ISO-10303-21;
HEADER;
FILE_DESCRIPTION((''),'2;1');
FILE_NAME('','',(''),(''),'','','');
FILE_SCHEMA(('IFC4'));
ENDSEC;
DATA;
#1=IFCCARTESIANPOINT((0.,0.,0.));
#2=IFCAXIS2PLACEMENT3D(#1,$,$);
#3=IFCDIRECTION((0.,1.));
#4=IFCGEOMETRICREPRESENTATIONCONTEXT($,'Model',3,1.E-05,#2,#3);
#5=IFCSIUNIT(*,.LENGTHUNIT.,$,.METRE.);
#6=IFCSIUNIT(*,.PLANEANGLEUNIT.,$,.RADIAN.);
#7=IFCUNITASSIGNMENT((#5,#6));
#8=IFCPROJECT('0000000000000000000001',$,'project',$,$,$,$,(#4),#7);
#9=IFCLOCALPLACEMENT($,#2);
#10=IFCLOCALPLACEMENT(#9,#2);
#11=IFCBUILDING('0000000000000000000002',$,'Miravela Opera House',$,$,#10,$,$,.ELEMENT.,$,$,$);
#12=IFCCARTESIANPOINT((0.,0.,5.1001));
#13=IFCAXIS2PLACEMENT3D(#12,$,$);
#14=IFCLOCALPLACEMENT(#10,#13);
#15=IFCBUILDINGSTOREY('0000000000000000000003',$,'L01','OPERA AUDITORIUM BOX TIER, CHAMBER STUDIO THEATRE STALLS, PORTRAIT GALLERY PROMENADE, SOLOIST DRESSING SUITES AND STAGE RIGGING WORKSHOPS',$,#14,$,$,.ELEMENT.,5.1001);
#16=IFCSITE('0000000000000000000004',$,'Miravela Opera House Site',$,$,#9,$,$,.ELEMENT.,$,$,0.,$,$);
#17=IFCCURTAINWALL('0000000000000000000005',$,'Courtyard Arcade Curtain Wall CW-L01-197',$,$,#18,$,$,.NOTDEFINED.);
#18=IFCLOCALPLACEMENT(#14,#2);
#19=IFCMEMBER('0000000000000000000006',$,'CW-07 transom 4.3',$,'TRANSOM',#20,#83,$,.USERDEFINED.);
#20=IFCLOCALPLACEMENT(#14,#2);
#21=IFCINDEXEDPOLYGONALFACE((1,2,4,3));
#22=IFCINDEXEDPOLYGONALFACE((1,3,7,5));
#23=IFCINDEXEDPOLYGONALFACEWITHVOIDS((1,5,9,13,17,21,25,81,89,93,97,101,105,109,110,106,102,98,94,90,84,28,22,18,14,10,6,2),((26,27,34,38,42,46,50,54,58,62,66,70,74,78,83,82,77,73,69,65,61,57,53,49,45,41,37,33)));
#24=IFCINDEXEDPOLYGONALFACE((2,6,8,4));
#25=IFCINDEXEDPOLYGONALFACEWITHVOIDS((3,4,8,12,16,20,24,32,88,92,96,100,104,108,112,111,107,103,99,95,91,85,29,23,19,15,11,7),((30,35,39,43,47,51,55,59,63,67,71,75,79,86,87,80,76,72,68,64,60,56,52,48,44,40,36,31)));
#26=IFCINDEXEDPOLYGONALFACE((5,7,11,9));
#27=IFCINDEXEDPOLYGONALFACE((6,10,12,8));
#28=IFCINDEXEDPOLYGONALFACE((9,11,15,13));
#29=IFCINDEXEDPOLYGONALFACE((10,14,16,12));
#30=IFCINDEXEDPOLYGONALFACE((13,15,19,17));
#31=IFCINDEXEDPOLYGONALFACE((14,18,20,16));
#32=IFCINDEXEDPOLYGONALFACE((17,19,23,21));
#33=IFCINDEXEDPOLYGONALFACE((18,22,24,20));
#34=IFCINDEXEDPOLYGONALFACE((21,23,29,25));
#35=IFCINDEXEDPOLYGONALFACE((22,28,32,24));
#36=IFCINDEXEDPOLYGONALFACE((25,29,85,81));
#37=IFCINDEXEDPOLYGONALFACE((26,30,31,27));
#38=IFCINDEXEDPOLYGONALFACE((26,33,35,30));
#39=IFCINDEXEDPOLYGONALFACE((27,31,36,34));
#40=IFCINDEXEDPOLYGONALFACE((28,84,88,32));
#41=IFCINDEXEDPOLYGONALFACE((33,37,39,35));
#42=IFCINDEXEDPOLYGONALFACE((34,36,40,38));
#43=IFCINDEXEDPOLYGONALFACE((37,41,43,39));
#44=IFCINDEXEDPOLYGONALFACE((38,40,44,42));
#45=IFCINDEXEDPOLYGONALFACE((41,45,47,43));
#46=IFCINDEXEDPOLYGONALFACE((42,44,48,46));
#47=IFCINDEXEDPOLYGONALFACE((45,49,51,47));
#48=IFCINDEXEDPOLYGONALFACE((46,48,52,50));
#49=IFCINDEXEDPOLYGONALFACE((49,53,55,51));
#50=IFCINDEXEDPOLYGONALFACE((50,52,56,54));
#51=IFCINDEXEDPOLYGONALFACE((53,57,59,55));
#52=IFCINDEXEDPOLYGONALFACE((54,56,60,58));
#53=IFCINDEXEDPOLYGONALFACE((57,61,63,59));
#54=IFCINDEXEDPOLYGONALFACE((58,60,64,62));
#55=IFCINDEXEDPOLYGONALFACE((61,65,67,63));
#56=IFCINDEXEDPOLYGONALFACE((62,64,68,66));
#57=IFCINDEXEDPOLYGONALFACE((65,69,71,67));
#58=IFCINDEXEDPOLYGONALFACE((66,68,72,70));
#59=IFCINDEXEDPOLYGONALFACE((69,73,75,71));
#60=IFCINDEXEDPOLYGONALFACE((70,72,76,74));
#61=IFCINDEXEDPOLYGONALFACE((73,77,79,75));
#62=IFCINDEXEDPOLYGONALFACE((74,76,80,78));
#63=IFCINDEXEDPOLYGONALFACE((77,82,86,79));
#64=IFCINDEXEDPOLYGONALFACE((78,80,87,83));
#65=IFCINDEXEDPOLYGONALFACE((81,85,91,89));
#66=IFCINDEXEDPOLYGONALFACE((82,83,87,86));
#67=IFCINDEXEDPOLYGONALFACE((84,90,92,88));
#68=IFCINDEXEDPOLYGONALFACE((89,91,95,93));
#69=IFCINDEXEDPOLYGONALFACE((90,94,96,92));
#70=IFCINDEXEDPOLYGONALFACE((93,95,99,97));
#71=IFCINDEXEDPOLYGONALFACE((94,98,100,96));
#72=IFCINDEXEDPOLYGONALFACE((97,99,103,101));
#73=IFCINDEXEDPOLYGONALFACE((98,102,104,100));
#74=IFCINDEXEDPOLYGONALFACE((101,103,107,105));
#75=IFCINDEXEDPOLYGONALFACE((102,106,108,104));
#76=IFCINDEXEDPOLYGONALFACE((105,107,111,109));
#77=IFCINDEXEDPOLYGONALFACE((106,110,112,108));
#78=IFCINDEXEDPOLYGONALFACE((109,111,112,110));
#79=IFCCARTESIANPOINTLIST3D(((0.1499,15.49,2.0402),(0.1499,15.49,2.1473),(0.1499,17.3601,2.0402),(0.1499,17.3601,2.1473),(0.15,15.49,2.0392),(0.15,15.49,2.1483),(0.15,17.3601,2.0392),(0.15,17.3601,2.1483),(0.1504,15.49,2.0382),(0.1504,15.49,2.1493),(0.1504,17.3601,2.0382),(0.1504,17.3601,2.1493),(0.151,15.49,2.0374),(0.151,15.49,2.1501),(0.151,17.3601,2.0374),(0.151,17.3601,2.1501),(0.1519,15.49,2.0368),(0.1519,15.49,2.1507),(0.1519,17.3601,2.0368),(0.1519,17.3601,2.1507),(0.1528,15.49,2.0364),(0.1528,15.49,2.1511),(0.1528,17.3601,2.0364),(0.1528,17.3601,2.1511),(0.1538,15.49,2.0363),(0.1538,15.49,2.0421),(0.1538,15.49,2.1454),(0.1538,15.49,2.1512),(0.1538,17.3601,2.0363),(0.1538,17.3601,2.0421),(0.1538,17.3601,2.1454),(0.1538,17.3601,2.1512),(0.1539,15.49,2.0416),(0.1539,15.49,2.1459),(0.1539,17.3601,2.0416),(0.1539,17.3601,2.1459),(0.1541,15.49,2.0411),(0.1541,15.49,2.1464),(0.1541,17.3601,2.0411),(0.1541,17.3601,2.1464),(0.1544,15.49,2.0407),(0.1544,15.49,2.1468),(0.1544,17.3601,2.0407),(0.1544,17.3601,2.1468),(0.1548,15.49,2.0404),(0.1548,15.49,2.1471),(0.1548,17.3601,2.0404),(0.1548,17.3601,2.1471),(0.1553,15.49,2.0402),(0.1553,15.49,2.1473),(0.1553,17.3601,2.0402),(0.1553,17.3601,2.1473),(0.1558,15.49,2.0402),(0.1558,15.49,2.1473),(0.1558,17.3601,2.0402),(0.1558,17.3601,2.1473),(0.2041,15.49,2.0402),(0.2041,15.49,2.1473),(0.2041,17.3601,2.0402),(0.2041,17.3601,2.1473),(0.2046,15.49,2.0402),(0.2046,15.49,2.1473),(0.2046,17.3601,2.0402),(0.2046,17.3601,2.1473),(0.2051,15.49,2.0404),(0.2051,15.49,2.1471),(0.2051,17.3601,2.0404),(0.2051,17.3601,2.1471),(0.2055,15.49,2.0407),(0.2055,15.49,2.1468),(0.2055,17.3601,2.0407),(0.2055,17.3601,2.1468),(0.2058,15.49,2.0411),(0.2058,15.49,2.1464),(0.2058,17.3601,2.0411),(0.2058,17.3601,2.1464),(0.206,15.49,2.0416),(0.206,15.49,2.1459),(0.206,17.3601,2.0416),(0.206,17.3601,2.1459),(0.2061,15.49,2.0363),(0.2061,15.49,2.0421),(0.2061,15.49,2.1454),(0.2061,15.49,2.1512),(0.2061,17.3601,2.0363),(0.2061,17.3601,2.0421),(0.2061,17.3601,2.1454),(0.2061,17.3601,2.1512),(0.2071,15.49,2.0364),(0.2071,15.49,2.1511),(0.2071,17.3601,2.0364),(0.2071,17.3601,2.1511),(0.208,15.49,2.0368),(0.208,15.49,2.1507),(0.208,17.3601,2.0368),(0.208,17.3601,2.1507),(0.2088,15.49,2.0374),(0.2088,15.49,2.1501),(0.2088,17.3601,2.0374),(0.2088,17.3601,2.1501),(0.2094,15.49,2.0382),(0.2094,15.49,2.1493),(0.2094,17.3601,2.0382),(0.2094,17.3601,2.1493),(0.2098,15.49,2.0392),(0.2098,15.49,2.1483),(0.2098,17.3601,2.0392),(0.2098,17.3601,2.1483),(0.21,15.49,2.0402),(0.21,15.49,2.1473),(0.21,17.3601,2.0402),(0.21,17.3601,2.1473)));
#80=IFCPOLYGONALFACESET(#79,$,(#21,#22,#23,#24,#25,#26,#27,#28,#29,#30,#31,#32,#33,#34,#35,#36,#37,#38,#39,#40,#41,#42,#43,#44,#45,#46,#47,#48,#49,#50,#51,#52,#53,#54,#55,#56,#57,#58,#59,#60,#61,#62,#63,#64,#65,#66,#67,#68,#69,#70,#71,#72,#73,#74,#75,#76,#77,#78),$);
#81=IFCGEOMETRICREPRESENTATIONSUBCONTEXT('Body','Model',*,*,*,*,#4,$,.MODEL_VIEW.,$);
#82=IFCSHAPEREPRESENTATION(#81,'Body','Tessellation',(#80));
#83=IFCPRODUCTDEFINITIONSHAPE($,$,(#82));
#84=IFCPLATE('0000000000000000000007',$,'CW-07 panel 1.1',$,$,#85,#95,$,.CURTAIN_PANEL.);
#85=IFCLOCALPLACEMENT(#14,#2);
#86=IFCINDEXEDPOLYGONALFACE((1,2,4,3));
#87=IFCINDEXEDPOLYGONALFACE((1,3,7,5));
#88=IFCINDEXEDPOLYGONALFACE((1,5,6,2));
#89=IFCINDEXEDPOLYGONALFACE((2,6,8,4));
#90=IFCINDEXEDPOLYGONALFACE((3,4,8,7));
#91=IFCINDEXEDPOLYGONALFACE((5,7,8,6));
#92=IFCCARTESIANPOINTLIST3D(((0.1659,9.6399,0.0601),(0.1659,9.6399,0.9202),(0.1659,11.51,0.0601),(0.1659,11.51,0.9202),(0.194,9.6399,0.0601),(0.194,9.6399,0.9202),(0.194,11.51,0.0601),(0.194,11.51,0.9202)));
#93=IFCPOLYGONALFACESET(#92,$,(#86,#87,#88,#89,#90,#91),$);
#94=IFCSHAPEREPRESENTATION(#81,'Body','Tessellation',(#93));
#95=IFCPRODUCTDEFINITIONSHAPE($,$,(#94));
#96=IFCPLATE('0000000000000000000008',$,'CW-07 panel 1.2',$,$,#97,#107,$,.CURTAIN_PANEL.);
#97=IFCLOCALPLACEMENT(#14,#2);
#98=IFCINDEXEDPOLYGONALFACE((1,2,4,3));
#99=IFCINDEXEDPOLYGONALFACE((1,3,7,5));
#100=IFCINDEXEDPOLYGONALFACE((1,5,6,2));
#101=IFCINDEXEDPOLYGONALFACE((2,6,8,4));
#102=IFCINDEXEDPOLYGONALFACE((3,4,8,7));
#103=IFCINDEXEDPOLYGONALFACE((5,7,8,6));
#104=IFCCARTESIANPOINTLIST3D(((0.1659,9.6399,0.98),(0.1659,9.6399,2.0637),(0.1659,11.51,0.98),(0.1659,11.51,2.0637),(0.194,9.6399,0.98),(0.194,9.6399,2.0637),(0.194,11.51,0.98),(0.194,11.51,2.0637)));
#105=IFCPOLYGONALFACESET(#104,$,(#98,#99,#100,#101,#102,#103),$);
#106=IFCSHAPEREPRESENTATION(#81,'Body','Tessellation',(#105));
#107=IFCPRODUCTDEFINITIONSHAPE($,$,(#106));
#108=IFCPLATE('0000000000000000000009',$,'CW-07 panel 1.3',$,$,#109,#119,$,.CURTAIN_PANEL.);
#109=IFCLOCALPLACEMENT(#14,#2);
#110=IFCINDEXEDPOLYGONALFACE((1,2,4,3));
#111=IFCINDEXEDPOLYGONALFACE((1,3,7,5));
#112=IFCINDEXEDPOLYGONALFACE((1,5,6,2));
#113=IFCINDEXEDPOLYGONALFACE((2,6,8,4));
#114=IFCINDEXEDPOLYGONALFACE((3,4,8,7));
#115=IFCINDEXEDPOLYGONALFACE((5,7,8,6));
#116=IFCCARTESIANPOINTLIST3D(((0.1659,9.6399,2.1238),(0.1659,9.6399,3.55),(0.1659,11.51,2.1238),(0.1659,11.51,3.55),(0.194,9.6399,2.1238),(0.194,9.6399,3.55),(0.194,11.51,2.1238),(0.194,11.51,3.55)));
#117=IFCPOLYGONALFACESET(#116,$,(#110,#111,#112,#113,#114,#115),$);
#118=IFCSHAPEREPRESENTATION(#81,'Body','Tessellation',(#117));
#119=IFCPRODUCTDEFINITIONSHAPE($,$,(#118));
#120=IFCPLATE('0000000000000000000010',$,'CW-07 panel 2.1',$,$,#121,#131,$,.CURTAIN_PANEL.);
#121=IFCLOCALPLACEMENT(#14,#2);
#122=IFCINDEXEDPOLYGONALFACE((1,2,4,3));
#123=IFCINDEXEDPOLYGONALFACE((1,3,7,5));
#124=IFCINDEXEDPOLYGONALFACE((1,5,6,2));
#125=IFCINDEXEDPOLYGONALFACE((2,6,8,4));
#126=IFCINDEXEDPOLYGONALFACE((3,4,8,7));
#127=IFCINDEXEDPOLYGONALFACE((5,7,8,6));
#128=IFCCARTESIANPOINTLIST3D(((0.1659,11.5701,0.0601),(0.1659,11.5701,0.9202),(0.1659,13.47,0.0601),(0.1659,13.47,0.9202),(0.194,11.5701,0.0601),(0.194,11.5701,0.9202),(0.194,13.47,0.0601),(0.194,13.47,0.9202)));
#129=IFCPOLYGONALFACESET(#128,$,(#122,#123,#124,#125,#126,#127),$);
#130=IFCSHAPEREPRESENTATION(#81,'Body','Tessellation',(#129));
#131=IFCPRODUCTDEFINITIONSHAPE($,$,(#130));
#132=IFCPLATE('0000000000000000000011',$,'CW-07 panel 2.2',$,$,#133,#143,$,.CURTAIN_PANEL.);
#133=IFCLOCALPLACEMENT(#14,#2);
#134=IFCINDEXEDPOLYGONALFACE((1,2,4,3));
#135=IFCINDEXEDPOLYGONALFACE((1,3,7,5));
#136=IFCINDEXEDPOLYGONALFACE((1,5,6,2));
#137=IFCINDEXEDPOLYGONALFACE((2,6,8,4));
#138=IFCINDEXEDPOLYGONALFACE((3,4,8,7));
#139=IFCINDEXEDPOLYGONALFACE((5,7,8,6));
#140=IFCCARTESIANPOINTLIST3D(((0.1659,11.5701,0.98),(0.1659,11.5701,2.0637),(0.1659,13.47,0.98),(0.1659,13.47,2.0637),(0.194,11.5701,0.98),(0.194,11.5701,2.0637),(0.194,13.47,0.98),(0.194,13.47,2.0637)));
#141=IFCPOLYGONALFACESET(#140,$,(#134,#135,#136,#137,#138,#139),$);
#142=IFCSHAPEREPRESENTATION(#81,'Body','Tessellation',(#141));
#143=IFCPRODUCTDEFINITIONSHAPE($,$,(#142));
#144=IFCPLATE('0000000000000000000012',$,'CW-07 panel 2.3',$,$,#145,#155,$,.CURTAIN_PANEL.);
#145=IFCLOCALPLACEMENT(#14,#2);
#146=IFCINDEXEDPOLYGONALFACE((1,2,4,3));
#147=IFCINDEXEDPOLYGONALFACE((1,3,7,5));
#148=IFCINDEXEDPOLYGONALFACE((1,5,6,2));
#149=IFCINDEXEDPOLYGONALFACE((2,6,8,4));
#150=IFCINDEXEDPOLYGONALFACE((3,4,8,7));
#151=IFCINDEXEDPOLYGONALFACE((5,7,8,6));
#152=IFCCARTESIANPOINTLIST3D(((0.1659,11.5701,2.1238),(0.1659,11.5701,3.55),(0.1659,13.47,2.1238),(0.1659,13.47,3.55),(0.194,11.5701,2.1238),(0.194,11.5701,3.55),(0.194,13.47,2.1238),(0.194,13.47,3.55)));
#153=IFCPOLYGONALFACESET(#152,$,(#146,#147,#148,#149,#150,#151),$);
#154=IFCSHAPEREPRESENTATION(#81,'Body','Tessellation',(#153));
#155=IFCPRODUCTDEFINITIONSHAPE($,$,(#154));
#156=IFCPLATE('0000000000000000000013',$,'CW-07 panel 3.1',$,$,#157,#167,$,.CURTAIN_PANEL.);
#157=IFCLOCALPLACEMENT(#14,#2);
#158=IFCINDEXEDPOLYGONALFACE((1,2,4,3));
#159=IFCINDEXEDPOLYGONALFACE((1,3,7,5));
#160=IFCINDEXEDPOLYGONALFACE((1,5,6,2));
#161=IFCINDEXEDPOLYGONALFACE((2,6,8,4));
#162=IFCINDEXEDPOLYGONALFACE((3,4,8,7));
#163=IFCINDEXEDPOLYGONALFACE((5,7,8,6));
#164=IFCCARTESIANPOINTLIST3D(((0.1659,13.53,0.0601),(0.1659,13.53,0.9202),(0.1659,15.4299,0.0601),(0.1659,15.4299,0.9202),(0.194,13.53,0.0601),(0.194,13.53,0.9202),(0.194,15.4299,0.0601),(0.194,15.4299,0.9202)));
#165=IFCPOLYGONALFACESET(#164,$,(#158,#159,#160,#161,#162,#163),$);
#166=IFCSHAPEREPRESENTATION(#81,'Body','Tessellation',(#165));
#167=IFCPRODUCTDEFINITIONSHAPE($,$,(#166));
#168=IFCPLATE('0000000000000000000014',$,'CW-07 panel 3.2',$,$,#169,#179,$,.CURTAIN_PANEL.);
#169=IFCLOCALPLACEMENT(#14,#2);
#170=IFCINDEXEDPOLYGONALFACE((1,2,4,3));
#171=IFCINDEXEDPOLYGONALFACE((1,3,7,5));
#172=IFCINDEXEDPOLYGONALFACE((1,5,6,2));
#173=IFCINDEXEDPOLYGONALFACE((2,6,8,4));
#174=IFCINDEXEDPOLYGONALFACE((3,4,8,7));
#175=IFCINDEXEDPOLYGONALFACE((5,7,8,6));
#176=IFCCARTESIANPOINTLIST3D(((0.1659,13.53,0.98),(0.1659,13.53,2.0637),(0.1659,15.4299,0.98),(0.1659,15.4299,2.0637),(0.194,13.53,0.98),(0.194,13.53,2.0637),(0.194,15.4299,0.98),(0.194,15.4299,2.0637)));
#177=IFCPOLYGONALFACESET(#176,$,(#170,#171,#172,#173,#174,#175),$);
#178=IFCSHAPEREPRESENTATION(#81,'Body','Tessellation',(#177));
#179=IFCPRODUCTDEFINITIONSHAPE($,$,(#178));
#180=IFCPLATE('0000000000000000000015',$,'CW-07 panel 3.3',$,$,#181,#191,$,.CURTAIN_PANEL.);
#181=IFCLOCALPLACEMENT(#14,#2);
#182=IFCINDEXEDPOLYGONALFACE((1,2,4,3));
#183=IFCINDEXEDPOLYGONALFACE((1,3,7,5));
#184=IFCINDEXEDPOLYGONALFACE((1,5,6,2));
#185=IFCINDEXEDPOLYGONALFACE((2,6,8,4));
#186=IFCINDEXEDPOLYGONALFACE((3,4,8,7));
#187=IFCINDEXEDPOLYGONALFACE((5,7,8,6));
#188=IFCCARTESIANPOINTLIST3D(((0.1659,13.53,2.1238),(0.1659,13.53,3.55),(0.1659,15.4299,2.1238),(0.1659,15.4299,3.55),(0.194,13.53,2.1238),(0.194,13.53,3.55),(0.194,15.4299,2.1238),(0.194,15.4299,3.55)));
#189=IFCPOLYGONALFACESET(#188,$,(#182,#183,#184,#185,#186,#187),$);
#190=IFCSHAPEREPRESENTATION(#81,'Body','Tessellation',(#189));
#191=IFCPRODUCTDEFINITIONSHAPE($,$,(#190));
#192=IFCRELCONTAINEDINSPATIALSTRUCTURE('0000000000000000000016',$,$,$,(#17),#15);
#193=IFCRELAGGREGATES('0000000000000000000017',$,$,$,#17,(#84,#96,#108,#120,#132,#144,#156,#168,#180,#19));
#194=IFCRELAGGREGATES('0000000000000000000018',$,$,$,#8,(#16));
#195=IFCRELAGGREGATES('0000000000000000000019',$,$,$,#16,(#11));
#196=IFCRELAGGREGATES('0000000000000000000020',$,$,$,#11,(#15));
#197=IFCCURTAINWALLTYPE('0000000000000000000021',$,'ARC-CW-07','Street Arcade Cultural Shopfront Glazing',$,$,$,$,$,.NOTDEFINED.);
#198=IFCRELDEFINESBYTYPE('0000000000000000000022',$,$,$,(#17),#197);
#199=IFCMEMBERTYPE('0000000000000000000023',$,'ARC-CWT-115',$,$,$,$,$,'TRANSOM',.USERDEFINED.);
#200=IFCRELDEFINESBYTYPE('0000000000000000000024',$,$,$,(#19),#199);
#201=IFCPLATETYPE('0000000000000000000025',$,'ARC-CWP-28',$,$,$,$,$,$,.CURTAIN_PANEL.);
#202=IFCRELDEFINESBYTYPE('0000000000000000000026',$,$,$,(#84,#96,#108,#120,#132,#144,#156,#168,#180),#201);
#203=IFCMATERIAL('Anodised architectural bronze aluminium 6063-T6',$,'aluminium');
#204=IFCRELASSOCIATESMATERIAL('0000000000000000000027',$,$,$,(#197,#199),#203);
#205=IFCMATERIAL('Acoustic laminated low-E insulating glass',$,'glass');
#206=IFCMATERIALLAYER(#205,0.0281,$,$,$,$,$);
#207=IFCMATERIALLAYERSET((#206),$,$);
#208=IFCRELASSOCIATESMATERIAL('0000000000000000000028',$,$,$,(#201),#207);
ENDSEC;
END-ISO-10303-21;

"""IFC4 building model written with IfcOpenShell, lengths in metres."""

from ifc_helpers import new_model, si_unit, direction, frame, origin, origin_2d, place, context, subcontext, project, spatial, rectangle, hollow_rectangle, extrude, material, layer, layer_set, material_profile, profile_set, type_object, element, aggregate, save


model = new_model("IFC4")

# Units and contexts
model_context = context("Model", 3, precision=1e-05, world=origin(), true_north=direction((0.0, 1.0)))
body_context = subcontext(model_context, "Body", "Model", "MODEL_VIEW")
ifc_project = project(units=[si_unit("LENGTHUNIT", "METRE"), si_unit("PLANEANGLEUNIT", "RADIAN")], contexts=[model_context])

# Site, building, storey
site_placement = place(None, origin())
site = spatial("IfcSite", under=ifc_project, at=site_placement, Name="Miravela Opera House Site", CompositionType="ELEMENT", RefElevation=0.0)
building_placement = place(site_placement, origin())
building = spatial("IfcBuilding", under=site, at=building_placement, Name="Miravela Opera House", CompositionType="ELEMENT")
storey_placement = place(building_placement, frame((0.0, 0.0, 5.1001)))
storey = spatial("IfcBuildingStorey", under=building, at=storey_placement, Name="L01", Description="OPERA AUDITORIUM BOX TIER, CHAMBER STUDIO THEATRE STALLS, PORTRAIT GALLERY PROMENADE, SOLOIST DRESSING SUITES AND STAGE RIGGING WORKSHOPS", CompositionType="ELEMENT", Elevation=5.1001)

# Curtain wall, member, plates
ifc_material_1 = material(Name="Anodised architectural bronze aluminium 6063-T6", Category="aluminium")
curtain_wall_type = type_object("IfcCurtainWallType", Name="ARC-CW-07", Description="Street Arcade Cultural Shopfront Glazing", PredefinedType="NOTDEFINED", material=ifc_material_1)
curtain_wall_placement = place(storey_placement, origin())
curtain_wall = element("IfcCurtainWall", 1, at=curtain_wall_placement, inside=storey, type_object=curtain_wall_type, Name="Courtyard Arcade Curtain Wall CW-L01-197", PredefinedType="NOTDEFINED")
ifc_material_profile_1 = material_profile(ifc_material_1, hollow_rectangle(XDim=0.0601, YDim=0.115, WallThickness=0.0039, InnerFilletRadius=0.002, OuterFilletRadius=0.0039, at=origin_2d()), Name="CWT-60X115")
ifc_profile_set_1 = profile_set([ifc_material_profile_1])
member_type_1 = type_object("IfcMemberType", Name="ARC-CWT-115", ElementType="TRANSOM", PredefinedType="USERDEFINED", material=ifc_profile_set_1)
member_1_placement = place(storey_placement, frame((0.1799, 15.49, 2.0938), z_axis=(0.0, 1.0, 0.0), x_axis=(-1.0, 0.0, 0.0)))
member_1 = element("IfcMember", 2, at=member_1_placement, type_object=member_type_1, Name="CW-07 transom 4.3", ObjectType="TRANSOM", PredefinedType="USERDEFINED", context=body_context, shape_type="SweptSolid", body=[
    extrude(hollow_rectangle(XDim=0.0601, YDim=0.115, WallThickness=0.0039, InnerFilletRadius=0.002, OuterFilletRadius=0.0039, at=origin_2d()), origin(), (0.0, 0.0, 1.0), 1.8701),
])
ifc_material_2 = material(Name="Acoustic laminated low-E insulating glass", Category="glass")
ifc_layer = layer(ifc_material_2, 0.0281)
ifc_layer_set = layer_set([ifc_layer])
plate_type = type_object("IfcPlateType", Name="ARC-CWP-28", PredefinedType="CURTAIN_PANEL", material=ifc_layer_set)
plate_1_placement = place(storey_placement, frame((0.1799, 10.575, 0.0601), z_axis=(0.0, 0.0, 1.0), x_axis=(0.0, 1.0, 0.0)))
plate_1 = element("IfcPlate", 3, at=plate_1_placement, type_object=plate_type, Name="CW-07 panel 1.1", PredefinedType="CURTAIN_PANEL", context=body_context, shape_type="SweptSolid", body=[
    extrude(rectangle(XDim=1.8701, YDim=0.0281, at=origin_2d()), origin(), (0.0, 0.0, 1.0), 0.8601),
])
plate_2_placement = place(storey_placement, frame((0.1799, 10.575, 0.98), z_axis=(0.0, 0.0, 1.0), x_axis=(0.0, 1.0, 0.0)))
plate_2 = element("IfcPlate", 4, at=plate_2_placement, type_object=plate_type, Name="CW-07 panel 1.2", PredefinedType="CURTAIN_PANEL", context=body_context, shape_type="SweptSolid", body=[
    extrude(rectangle(XDim=1.8701, YDim=0.0281, at=origin_2d()), origin(), (0.0, 0.0, 1.0), 1.0837),
])
plate_3_placement = place(storey_placement, frame((0.1799, 10.575, 2.1238), z_axis=(0.0, 0.0, 1.0), x_axis=(0.0, 1.0, 0.0)))
plate_3 = element("IfcPlate", 5, at=plate_3_placement, type_object=plate_type, Name="CW-07 panel 1.3", PredefinedType="CURTAIN_PANEL", context=body_context, shape_type="SweptSolid", body=[
    extrude(rectangle(XDim=1.8701, YDim=0.0281, at=origin_2d()), origin(), (0.0, 0.0, 1.0), 1.4263),
])
plate_4_placement = place(storey_placement, frame((0.1799, 12.52, 0.0601), z_axis=(0.0, 0.0, 1.0), x_axis=(0.0, 1.0, 0.0)))
plate_4 = element("IfcPlate", 6, at=plate_4_placement, type_object=plate_type, Name="CW-07 panel 2.1", PredefinedType="CURTAIN_PANEL", context=body_context, shape_type="SweptSolid", body=[
    extrude(rectangle(XDim=1.8999, YDim=0.0281, at=origin_2d()), origin(), (0.0, 0.0, 1.0), 0.8601),
])
plate_5_placement = place(storey_placement, frame((0.1799, 12.52, 0.98), z_axis=(0.0, 0.0, 1.0), x_axis=(0.0, 1.0, 0.0)))
plate_5 = element("IfcPlate", 7, at=plate_5_placement, type_object=plate_type, Name="CW-07 panel 2.2", PredefinedType="CURTAIN_PANEL", context=body_context, shape_type="SweptSolid", body=[
    extrude(rectangle(XDim=1.8999, YDim=0.0281, at=origin_2d()), origin(), (0.0, 0.0, 1.0), 1.0837),
])
plate_6_placement = place(storey_placement, frame((0.1799, 12.52, 2.1238), z_axis=(0.0, 0.0, 1.0), x_axis=(0.0, 1.0, 0.0)))
plate_6 = element("IfcPlate", 8, at=plate_6_placement, type_object=plate_type, Name="CW-07 panel 2.3", PredefinedType="CURTAIN_PANEL", context=body_context, shape_type="SweptSolid", body=[
    extrude(rectangle(XDim=1.8999, YDim=0.0281, at=origin_2d()), origin(), (0.0, 0.0, 1.0), 1.4263),
])
plate_7_placement = place(storey_placement, frame((0.1799, 14.48, 0.0601), z_axis=(0.0, 0.0, 1.0), x_axis=(0.0, 1.0, 0.0)))
plate_7 = element("IfcPlate", 9, at=plate_7_placement, type_object=plate_type, Name="CW-07 panel 3.1", PredefinedType="CURTAIN_PANEL", context=body_context, shape_type="SweptSolid", body=[
    extrude(rectangle(XDim=1.8999, YDim=0.0281, at=origin_2d()), origin(), (0.0, 0.0, 1.0), 0.8601),
])
plate_8_placement = place(storey_placement, frame((0.1799, 14.48, 0.98), z_axis=(0.0, 0.0, 1.0), x_axis=(0.0, 1.0, 0.0)))
plate_8 = element("IfcPlate", 10, at=plate_8_placement, type_object=plate_type, Name="CW-07 panel 3.2", PredefinedType="CURTAIN_PANEL", context=body_context, shape_type="SweptSolid", body=[
    extrude(rectangle(XDim=1.8999, YDim=0.0281, at=origin_2d()), origin(), (0.0, 0.0, 1.0), 1.0837),
])
plate_9_placement = place(storey_placement, frame((0.1799, 14.48, 2.1238), z_axis=(0.0, 0.0, 1.0), x_axis=(0.0, 1.0, 0.0)))
plate_9 = element("IfcPlate", 11, at=plate_9_placement, type_object=plate_type, Name="CW-07 panel 3.3", PredefinedType="CURTAIN_PANEL", context=body_context, shape_type="SweptSolid", body=[
    extrude(rectangle(XDim=1.8999, YDim=0.0281, at=origin_2d()), origin(), (0.0, 0.0, 1.0), 1.4263),
])
aggregate(curtain_wall, [plate_1, plate_2, plate_3, plate_4, plate_5, plate_6, plate_7, plate_8, plate_9, member_1])

save(model, "model.ifc")
